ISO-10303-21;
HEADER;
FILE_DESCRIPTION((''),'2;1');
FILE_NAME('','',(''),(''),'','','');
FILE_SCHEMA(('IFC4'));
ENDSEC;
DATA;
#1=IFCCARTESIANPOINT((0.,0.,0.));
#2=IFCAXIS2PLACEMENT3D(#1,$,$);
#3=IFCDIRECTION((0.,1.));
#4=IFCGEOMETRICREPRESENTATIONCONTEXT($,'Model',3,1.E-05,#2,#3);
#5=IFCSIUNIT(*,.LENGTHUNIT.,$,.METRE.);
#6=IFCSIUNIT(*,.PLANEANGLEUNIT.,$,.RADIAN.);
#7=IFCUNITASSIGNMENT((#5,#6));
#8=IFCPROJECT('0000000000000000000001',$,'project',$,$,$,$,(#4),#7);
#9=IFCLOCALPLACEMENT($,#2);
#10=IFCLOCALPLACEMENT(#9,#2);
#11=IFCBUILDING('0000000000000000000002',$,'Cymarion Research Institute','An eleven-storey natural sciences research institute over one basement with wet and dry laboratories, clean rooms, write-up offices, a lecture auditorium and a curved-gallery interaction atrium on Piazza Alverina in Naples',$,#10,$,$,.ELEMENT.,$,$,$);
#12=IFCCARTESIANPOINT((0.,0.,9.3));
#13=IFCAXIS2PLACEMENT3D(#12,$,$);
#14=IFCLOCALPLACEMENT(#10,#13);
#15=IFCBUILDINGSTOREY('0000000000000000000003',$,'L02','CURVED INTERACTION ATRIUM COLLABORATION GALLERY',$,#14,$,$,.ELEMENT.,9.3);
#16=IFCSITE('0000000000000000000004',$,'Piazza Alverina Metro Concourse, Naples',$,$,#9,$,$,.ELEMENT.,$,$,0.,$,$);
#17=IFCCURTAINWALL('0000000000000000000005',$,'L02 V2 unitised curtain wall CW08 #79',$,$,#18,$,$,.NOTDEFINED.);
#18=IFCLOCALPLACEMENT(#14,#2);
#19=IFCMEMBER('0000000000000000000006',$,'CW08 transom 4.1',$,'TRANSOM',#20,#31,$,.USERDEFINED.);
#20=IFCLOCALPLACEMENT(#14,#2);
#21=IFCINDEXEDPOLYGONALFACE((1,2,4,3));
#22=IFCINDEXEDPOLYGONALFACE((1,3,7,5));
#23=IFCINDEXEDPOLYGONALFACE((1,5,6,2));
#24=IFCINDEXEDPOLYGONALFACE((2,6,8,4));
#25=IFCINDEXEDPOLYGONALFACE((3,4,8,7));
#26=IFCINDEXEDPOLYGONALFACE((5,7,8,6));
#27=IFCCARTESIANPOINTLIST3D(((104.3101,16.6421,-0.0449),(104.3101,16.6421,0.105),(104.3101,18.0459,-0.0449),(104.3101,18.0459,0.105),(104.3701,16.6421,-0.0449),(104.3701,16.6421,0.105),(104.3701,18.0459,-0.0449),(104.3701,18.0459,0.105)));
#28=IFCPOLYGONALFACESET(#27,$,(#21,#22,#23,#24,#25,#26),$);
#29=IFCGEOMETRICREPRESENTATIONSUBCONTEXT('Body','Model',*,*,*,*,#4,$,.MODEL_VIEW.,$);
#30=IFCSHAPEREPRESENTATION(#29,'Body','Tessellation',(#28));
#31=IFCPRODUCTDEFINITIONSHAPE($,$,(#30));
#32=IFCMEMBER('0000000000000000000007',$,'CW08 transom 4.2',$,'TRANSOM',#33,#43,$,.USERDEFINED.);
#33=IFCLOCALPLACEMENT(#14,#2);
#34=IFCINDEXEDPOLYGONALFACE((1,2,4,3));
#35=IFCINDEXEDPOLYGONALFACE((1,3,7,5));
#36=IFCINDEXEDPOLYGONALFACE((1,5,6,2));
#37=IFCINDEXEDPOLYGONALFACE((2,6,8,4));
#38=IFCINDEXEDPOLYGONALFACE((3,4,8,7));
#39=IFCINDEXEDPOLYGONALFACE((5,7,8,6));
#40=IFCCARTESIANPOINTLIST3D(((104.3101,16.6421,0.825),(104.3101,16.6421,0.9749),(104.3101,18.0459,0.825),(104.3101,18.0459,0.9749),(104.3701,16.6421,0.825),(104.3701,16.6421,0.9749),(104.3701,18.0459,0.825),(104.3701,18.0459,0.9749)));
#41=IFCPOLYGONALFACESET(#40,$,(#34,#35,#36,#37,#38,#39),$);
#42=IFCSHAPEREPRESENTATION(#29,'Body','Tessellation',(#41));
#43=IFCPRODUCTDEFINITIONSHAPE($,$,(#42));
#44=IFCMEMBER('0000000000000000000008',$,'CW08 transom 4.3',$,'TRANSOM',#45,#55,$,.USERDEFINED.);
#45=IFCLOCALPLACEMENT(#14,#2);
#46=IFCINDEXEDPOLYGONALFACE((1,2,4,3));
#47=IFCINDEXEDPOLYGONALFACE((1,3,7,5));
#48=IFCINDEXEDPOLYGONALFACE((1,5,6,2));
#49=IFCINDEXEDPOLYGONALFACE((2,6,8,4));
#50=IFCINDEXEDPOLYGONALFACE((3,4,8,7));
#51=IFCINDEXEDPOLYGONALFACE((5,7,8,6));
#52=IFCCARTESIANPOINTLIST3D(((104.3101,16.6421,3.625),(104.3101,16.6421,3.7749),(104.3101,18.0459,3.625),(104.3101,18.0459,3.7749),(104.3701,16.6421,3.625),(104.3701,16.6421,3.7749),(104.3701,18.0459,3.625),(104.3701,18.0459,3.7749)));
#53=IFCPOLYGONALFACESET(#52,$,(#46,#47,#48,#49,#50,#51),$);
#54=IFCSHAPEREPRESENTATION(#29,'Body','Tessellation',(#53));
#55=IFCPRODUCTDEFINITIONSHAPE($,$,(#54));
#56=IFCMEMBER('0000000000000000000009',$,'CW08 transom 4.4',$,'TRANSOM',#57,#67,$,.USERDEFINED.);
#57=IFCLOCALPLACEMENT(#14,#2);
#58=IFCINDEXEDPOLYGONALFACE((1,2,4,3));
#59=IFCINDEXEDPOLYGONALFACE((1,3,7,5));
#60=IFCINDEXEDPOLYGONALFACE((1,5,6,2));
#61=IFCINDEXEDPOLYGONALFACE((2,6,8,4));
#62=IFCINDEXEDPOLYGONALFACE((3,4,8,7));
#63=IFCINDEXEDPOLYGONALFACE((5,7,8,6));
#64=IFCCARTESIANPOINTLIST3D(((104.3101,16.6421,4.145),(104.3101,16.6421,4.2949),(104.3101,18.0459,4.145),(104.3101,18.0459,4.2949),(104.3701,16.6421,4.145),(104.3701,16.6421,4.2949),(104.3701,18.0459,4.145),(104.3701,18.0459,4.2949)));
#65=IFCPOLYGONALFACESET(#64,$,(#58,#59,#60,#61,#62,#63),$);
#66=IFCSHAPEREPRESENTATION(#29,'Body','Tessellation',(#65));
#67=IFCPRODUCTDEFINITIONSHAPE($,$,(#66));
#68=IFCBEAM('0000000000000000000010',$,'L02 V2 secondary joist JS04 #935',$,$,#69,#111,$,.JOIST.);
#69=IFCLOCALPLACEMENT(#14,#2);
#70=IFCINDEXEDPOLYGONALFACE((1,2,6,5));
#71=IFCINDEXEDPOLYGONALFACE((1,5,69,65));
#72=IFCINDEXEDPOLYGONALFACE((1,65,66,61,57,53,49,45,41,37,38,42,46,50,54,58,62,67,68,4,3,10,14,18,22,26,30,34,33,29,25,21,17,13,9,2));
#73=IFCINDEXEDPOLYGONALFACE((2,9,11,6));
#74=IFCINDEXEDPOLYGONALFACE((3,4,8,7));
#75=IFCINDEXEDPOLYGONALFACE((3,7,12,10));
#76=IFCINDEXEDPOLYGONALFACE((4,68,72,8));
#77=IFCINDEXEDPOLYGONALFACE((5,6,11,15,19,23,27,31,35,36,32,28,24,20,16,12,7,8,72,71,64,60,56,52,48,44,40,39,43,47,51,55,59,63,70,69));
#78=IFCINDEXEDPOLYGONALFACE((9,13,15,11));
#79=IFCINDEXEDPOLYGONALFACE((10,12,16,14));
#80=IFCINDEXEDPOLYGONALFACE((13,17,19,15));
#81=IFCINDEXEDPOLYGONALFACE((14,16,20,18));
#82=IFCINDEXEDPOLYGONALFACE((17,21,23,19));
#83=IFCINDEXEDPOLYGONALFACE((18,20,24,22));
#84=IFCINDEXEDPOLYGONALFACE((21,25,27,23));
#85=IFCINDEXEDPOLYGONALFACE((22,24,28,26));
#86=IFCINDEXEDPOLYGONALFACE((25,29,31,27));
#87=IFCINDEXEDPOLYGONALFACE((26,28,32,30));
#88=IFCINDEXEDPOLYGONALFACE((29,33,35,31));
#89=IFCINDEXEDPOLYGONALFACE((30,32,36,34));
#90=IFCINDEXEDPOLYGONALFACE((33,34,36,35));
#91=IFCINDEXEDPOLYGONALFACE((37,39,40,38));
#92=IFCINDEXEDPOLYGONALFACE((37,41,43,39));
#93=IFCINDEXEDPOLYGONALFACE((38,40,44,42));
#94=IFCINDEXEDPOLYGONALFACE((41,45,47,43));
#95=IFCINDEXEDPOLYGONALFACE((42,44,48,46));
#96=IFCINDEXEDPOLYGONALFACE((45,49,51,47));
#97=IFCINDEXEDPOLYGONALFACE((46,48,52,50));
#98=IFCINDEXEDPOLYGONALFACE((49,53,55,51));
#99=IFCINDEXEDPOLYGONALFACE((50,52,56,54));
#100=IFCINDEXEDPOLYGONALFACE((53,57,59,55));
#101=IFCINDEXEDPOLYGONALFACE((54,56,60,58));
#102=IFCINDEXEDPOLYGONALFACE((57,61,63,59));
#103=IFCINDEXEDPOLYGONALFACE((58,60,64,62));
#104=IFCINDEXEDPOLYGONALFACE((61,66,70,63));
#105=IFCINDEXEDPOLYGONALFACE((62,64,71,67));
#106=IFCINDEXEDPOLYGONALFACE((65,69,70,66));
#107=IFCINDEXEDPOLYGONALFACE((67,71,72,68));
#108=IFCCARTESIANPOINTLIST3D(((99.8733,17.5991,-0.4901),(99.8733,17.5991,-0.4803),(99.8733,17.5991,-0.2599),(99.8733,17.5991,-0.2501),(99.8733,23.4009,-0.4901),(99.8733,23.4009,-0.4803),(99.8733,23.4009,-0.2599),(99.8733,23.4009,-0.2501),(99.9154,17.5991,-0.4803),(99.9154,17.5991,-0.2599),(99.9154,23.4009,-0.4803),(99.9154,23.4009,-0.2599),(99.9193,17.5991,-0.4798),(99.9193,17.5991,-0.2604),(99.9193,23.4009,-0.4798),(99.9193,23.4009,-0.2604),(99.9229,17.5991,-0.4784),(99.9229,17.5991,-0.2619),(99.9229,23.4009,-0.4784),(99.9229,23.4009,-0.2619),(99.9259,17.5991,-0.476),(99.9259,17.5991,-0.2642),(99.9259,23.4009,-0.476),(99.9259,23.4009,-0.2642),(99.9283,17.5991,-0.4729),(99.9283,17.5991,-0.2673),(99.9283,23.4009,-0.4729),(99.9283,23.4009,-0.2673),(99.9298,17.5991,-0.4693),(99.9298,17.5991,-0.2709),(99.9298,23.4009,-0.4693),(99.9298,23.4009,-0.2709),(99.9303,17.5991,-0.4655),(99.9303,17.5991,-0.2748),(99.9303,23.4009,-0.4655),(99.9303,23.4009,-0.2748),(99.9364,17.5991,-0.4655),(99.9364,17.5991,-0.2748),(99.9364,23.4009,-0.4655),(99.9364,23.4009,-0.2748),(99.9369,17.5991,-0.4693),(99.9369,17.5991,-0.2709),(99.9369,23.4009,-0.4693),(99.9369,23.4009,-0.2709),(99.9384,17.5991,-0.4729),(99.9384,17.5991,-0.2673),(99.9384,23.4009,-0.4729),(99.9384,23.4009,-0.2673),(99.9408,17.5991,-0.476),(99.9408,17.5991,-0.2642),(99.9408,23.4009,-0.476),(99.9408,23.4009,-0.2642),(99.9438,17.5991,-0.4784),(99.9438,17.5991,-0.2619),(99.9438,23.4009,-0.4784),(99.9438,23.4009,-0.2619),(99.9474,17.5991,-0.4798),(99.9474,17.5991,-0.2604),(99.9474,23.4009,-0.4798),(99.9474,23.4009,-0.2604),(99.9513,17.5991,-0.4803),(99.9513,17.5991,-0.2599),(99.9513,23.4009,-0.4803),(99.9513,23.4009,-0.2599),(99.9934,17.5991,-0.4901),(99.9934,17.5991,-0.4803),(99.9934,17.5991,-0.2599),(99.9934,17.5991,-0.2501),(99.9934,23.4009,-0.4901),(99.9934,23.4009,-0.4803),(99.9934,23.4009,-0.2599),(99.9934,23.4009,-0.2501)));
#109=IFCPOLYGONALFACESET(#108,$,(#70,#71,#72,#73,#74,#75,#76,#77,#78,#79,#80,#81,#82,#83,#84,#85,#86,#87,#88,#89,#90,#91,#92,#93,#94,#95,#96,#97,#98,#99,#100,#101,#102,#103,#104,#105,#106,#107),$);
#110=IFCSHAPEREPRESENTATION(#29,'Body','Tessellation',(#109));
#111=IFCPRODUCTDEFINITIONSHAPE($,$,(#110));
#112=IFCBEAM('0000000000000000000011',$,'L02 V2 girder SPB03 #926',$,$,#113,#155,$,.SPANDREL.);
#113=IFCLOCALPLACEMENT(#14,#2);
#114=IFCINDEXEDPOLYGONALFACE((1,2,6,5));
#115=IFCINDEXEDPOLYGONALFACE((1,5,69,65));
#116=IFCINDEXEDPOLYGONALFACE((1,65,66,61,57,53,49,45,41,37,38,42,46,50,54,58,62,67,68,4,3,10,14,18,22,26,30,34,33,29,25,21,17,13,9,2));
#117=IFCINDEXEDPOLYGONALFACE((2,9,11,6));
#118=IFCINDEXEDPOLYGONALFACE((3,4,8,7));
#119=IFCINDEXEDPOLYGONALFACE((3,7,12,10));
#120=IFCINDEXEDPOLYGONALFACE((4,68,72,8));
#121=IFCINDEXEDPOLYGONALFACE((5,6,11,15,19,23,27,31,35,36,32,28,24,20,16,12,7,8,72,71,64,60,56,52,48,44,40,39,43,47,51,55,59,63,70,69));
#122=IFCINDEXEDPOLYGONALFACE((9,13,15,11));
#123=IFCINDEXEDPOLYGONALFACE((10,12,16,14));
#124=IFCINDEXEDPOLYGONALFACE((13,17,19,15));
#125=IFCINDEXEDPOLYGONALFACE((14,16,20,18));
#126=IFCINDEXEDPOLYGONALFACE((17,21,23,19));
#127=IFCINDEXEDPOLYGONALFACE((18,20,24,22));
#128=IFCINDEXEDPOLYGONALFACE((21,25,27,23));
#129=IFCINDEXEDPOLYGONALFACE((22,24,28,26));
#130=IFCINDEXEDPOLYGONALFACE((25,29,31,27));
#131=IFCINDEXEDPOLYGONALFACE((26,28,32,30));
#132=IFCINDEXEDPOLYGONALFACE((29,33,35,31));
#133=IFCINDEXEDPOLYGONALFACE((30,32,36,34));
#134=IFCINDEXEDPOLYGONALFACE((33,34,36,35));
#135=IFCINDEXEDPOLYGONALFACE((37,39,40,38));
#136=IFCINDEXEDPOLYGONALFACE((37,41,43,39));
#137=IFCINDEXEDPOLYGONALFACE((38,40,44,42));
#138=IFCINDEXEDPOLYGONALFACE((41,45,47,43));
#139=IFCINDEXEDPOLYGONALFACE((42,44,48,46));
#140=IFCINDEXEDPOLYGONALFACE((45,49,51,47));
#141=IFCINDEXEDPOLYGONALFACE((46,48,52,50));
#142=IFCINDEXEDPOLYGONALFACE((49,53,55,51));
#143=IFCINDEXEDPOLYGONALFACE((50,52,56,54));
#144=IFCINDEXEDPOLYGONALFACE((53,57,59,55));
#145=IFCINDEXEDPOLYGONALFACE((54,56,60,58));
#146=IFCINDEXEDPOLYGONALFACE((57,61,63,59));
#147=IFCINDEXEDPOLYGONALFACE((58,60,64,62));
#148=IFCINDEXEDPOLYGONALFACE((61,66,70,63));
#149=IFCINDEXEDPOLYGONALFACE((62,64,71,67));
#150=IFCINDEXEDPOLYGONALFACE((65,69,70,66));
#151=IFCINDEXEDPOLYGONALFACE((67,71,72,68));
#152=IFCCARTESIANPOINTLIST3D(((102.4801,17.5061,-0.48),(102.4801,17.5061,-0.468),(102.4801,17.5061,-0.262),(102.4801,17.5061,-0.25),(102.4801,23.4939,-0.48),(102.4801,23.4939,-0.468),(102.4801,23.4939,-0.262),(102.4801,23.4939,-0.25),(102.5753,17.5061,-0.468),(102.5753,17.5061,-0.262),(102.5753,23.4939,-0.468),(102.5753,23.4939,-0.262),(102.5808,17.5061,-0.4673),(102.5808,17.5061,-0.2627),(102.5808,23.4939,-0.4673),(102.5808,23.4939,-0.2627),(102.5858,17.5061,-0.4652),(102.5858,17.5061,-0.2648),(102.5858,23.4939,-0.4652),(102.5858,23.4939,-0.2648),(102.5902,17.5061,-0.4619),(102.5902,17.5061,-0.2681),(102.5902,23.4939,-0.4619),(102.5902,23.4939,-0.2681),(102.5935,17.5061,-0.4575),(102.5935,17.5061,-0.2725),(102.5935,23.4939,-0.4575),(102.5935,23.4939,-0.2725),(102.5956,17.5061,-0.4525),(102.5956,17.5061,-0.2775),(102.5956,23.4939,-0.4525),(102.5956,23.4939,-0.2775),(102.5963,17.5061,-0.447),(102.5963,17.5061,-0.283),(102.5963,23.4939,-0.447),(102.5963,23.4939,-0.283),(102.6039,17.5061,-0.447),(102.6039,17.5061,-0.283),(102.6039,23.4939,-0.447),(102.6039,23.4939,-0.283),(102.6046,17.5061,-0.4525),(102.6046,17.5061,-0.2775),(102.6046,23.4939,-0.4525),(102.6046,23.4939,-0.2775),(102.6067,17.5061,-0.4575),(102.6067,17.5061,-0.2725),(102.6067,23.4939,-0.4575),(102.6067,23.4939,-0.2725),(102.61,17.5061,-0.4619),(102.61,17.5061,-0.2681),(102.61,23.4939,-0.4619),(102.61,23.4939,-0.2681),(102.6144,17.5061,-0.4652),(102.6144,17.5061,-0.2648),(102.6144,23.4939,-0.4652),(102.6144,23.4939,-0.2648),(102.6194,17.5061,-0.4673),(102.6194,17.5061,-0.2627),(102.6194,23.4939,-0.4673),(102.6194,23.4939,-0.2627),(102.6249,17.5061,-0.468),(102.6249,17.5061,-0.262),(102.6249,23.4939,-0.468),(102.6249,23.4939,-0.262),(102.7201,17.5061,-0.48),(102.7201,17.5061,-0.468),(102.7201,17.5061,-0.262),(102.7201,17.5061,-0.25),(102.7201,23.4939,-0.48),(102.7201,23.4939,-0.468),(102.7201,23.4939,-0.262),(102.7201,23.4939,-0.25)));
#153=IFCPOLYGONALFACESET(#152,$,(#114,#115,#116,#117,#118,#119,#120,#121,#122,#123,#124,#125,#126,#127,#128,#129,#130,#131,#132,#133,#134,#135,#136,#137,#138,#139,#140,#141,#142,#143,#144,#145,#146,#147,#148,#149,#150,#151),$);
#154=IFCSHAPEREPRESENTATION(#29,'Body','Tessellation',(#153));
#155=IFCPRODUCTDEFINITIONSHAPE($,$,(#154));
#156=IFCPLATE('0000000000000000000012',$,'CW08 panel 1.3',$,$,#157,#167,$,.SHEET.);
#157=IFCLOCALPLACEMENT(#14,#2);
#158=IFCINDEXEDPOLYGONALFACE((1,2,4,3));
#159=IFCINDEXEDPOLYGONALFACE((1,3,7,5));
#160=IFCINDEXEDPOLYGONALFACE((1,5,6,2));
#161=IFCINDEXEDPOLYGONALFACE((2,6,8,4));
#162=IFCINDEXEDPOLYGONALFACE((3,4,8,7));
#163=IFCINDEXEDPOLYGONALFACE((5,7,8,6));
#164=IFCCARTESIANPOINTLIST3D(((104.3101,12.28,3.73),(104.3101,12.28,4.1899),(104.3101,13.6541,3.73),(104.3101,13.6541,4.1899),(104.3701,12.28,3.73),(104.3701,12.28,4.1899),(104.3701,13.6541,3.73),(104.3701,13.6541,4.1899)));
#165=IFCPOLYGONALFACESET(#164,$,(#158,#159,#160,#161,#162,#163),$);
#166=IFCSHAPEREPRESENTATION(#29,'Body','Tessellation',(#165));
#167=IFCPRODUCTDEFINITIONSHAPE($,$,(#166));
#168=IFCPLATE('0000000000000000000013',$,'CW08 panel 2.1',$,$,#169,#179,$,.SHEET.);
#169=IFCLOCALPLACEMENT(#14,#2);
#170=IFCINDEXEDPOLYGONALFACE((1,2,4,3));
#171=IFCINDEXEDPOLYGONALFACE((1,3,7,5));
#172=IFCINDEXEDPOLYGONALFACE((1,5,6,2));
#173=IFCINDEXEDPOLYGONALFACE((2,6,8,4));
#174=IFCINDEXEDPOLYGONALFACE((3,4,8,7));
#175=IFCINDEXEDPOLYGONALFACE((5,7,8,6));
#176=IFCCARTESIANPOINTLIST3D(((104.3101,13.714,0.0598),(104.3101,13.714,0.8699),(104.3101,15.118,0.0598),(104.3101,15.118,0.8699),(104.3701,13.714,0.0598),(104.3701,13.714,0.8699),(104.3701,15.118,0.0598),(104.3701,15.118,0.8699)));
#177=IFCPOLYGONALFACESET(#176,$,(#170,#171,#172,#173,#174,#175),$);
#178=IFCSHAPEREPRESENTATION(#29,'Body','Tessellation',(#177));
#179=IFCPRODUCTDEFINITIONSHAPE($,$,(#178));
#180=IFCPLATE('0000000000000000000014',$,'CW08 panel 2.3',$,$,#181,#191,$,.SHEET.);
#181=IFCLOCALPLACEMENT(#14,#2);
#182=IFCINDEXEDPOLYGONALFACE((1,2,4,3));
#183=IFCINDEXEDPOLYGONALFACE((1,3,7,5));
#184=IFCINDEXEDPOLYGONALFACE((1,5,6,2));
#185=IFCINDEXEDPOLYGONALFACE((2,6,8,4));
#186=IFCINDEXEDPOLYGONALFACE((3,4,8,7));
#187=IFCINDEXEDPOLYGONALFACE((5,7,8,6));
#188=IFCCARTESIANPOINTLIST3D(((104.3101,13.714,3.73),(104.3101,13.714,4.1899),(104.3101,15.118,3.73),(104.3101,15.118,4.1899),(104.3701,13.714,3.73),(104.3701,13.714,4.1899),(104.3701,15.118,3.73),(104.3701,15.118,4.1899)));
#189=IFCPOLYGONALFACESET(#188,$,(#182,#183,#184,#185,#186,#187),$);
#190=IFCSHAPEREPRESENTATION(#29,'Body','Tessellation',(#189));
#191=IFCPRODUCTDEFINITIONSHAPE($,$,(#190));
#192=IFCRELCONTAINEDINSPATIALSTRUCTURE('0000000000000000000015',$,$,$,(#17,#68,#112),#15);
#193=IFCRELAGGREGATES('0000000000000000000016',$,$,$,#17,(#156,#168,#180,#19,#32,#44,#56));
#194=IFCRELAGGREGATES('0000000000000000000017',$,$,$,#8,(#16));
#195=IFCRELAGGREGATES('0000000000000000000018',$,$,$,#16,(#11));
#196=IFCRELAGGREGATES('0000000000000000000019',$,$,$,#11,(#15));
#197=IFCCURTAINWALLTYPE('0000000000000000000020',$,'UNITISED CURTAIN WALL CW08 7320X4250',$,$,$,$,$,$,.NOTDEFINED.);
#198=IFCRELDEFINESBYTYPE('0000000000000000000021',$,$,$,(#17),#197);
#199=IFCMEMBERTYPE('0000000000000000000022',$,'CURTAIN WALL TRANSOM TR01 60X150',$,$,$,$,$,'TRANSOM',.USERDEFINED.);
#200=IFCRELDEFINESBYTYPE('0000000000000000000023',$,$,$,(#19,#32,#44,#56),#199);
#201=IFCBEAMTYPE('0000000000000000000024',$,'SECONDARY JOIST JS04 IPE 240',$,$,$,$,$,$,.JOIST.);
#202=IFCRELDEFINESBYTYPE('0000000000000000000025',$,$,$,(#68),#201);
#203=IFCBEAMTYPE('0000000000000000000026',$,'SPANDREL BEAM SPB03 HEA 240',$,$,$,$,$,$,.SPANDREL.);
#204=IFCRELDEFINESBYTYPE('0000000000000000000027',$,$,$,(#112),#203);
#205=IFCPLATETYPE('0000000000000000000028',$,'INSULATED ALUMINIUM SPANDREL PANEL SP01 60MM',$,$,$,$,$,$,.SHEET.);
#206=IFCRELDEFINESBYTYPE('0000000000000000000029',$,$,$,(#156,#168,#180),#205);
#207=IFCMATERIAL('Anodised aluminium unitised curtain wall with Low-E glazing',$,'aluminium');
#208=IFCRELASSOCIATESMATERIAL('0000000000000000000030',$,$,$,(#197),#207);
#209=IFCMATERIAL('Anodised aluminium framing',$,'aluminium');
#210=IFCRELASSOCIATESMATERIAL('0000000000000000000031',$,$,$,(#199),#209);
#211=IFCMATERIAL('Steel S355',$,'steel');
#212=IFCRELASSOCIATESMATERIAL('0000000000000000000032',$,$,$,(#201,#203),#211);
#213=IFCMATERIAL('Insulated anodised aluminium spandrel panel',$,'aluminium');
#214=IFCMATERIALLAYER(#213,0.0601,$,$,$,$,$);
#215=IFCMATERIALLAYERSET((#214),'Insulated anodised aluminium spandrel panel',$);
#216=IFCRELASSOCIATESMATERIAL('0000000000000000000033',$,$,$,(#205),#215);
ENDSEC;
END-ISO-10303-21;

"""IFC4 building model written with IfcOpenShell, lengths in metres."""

from ifc_helpers import new_model, si_unit, direction, frame, origin, origin_2d, place, context, subcontext, project, spatial, rectangle, i_section, extrude, material, layer, layer_set, material_profile, profile_set, type_object, element, aggregate, save


model = new_model("IFC4")

# Units and contexts
model_context = context("Model", 3, precision=1e-05, world=origin(), true_north=direction((0.0, 1.0)))
body_context = subcontext(model_context, "Body", "Model", "MODEL_VIEW")
ifc_project = project(units=[si_unit("LENGTHUNIT", "METRE"), si_unit("PLANEANGLEUNIT", "RADIAN")], contexts=[model_context])

# Site, building, storey
site_placement = place(None, origin())
site = spatial("IfcSite", under=ifc_project, at=site_placement, Name="Piazza Alverina Metro Concourse, Naples", CompositionType="ELEMENT", RefElevation=0.0)
building_placement = place(site_placement, origin())
building = spatial("IfcBuilding", under=site, at=building_placement, Name="Cymarion Research Institute", Description="An eleven-storey natural sciences research institute over one basement with wet and dry laboratories, clean rooms, write-up offices, a lecture auditorium and a curved-gallery interaction atrium on Piazza Alverina in Naples", CompositionType="ELEMENT")
storey_placement = place(building_placement, frame((0.0, 0.0, 9.3)))
storey = spatial("IfcBuildingStorey", under=building, at=storey_placement, Name="L02", Description="CURVED INTERACTION ATRIUM COLLABORATION GALLERY", CompositionType="ELEMENT", Elevation=9.3)

# Shared definitions
ifc_material_1 = material(Name="Steel S355", Category="steel")

# Curtain wall, members
ifc_material_2 = material(Name="Anodised aluminium unitised curtain wall with Low-E glazing", Category="aluminium")
curtain_wall_type = type_object("IfcCurtainWallType", Name="UNITISED CURTAIN WALL CW08 7320X4250", PredefinedType="NOTDEFINED", material=ifc_material_2)
curtain_wall_placement = place(storey_placement, origin())
curtain_wall = element("IfcCurtainWall", 1, at=curtain_wall_placement, inside=storey, type_object=curtain_wall_type, Name="L02 V2 unitised curtain wall CW08 #79", PredefinedType="NOTDEFINED")
ifc_material_3 = material(Name="Anodised aluminium framing", Category="aluminium")
ifc_material_profile_1 = material_profile(ifc_material_3, rectangle(XDim=0.0601, YDim=0.1499, at=origin_2d()), Name="ALU TRANSOM 60x150")
ifc_profile_set_1 = profile_set([ifc_material_profile_1], Name="Anodised aluminium framing")
member_type_1 = type_object("IfcMemberType", Name="CURTAIN WALL TRANSOM TR01 60X150", ElementType="TRANSOM", PredefinedType="USERDEFINED", material=ifc_profile_set_1)
member_1_placement = place(storey_placement, frame((104.3401, 16.6421, 0.03), z_axis=(0.0, 1.0, 0.0), x_axis=(-1.0, 0.0, 0.0)))
member_1 = element("IfcMember", 2, at=member_1_placement, type_object=member_type_1, Name="CW08 transom 4.1", ObjectType="TRANSOM", PredefinedType="USERDEFINED", context=body_context, shape_type="SweptSolid", body=[
    extrude(rectangle(XDim=0.0601, YDim=0.1499, at=origin_2d()), origin(), (0.0, 0.0, 1.0), 1.4038),
])
member_2_placement = place(storey_placement, frame((104.3401, 16.6421, 0.8999), z_axis=(0.0, 1.0, 0.0), x_axis=(-1.0, 0.0, 0.0)))
member_2 = element("IfcMember", 3, at=member_2_placement, type_object=member_type_1, Name="CW08 transom 4.2", ObjectType="TRANSOM", PredefinedType="USERDEFINED", context=body_context, shape_type="SweptSolid", body=[
    extrude(rectangle(XDim=0.0601, YDim=0.1499, at=origin_2d()), origin(), (0.0, 0.0, 1.0), 1.4038),
])
member_3_placement = place(storey_placement, frame((104.3401, 16.6421, 3.7), z_axis=(0.0, 1.0, 0.0), x_axis=(-1.0, 0.0, 0.0)))
member_3 = element("IfcMember", 4, at=member_3_placement, type_object=member_type_1, Name="CW08 transom 4.3", ObjectType="TRANSOM", PredefinedType="USERDEFINED", context=body_context, shape_type="SweptSolid", body=[
    extrude(rectangle(XDim=0.0601, YDim=0.1499, at=origin_2d()), origin(), (0.0, 0.0, 1.0), 1.4038),
])
member_4_placement = place(storey_placement, frame((104.3401, 16.6421, 4.22), z_axis=(0.0, 1.0, 0.0), x_axis=(-1.0, 0.0, 0.0)))
member_4 = element("IfcMember", 5, at=member_4_placement, type_object=member_type_1, Name="CW08 transom 4.4", ObjectType="TRANSOM", PredefinedType="USERDEFINED", context=body_context, shape_type="SweptSolid", body=[
    extrude(rectangle(XDim=0.0601, YDim=0.1499, at=origin_2d()), origin(), (0.0, 0.0, 1.0), 1.4038),
])

# Beams
ifc_material_profile_2 = material_profile(ifc_material_1, i_section(OverallWidth=0.1201, OverallDepth=0.24, WebThickness=0.0061, FlangeThickness=0.0098, FilletRadius=0.0149, at=origin_2d()), Name="IPE 240")
ifc_profile_set_2 = profile_set([ifc_material_profile_2], Name="Steel S355")
beam_type_1 = type_object("IfcBeamType", Name="SECONDARY JOIST JS04 IPE 240", PredefinedType="JOIST", material=ifc_profile_set_2)
beam_1_placement = place(storey_placement, frame((99.9333, 17.5991, -0.3701), z_axis=(0.0, 1.0, 0.0), x_axis=(-1.0, 0.0, 0.0)))
element("IfcBeam", 6, at=beam_1_placement, inside=storey, type_object=beam_type_1, Name="L02 V2 secondary joist JS04 #935", PredefinedType="JOIST", context=body_context, shape_type="SweptSolid", body=[
    extrude(i_section(OverallWidth=0.1201, OverallDepth=0.24, WebThickness=0.0061, FlangeThickness=0.0098, FilletRadius=0.0149, at=origin_2d()), origin(), (0.0, 0.0, 1.0), 5.8018),
])
ifc_material_profile_3 = material_profile(ifc_material_1, i_section(OverallWidth=0.24, OverallDepth=0.23, WebThickness=0.0076, FlangeThickness=0.012, FilletRadius=0.021, at=origin_2d()), Name="HEA 240")
ifc_profile_set_3 = profile_set([ifc_material_profile_3], Name="Steel S355")
beam_type_2 = type_object("IfcBeamType", Name="SPANDREL BEAM SPB03 HEA 240", PredefinedType="SPANDREL", material=ifc_profile_set_3)
beam_2_placement = place(storey_placement, frame((102.6001, 17.5061, -0.365), z_axis=(0.0, 1.0, 0.0), x_axis=(-1.0, 0.0, 0.0)))
element("IfcBeam", 7, at=beam_2_placement, inside=storey, type_object=beam_type_2, Name="L02 V2 girder SPB03 #926", PredefinedType="SPANDREL", context=body_context, shape_type="SweptSolid", body=[
    extrude(i_section(OverallWidth=0.24, OverallDepth=0.23, WebThickness=0.0076, FlangeThickness=0.012, FilletRadius=0.021, at=origin_2d()), origin(), (0.0, 0.0, 1.0), 5.9878),
])

# Plates
ifc_material_4 = material(Name="Insulated anodised aluminium spandrel panel", Category="aluminium")
ifc_layer_1 = layer(ifc_material_4, 0.0601)
ifc_layer_set_1 = layer_set([ifc_layer_1], Name="Insulated anodised aluminium spandrel panel")
plate_type_1 = type_object("IfcPlateType", Name="INSULATED ALUMINIUM SPANDREL PANEL SP01 60MM", PredefinedType="SHEET", material=ifc_layer_set_1)
plate_1_placement = place(storey_placement, frame((104.3401, 12.967, 3.73), z_axis=(0.0, 0.0, 1.0), x_axis=(0.0, 1.0, 0.0)))
plate_1 = element("IfcPlate", 8, at=plate_1_placement, type_object=plate_type_1, Name="CW08 panel 1.3", PredefinedType="SHEET", context=body_context, shape_type="SweptSolid", body=[
    extrude(rectangle(XDim=1.374, YDim=0.0601, at=origin_2d()), origin(), (0.0, 0.0, 1.0), 0.46),
])
plate_2_placement = place(storey_placement, frame((104.3401, 14.416, 0.0598), z_axis=(0.0, 0.0, 1.0), x_axis=(0.0, 1.0, 0.0)))
plate_2 = element("IfcPlate", 9, at=plate_2_placement, type_object=plate_type_1, Name="CW08 panel 2.1", PredefinedType="SHEET", context=body_context, shape_type="SweptSolid", body=[
    extrude(rectangle(XDim=1.4041, YDim=0.0601, at=origin_2d()), origin(), (0.0, 0.0, 1.0), 0.8101),
])
plate_3_placement = place(storey_placement, frame((104.3401, 14.416, 3.73), z_axis=(0.0, 0.0, 1.0), x_axis=(0.0, 1.0, 0.0)))
plate_3 = element("IfcPlate", 10, at=plate_3_placement, type_object=plate_type_1, Name="CW08 panel 2.3", PredefinedType="SHEET", context=body_context, shape_type="SweptSolid", body=[
    extrude(rectangle(XDim=1.4041, YDim=0.0601, at=origin_2d()), origin(), (0.0, 0.0, 1.0), 0.46),
])
aggregate(curtain_wall, [plate_1, plate_2, plate_3, member_1, member_2, member_3, member_4])

save(model, "model.ifc")
